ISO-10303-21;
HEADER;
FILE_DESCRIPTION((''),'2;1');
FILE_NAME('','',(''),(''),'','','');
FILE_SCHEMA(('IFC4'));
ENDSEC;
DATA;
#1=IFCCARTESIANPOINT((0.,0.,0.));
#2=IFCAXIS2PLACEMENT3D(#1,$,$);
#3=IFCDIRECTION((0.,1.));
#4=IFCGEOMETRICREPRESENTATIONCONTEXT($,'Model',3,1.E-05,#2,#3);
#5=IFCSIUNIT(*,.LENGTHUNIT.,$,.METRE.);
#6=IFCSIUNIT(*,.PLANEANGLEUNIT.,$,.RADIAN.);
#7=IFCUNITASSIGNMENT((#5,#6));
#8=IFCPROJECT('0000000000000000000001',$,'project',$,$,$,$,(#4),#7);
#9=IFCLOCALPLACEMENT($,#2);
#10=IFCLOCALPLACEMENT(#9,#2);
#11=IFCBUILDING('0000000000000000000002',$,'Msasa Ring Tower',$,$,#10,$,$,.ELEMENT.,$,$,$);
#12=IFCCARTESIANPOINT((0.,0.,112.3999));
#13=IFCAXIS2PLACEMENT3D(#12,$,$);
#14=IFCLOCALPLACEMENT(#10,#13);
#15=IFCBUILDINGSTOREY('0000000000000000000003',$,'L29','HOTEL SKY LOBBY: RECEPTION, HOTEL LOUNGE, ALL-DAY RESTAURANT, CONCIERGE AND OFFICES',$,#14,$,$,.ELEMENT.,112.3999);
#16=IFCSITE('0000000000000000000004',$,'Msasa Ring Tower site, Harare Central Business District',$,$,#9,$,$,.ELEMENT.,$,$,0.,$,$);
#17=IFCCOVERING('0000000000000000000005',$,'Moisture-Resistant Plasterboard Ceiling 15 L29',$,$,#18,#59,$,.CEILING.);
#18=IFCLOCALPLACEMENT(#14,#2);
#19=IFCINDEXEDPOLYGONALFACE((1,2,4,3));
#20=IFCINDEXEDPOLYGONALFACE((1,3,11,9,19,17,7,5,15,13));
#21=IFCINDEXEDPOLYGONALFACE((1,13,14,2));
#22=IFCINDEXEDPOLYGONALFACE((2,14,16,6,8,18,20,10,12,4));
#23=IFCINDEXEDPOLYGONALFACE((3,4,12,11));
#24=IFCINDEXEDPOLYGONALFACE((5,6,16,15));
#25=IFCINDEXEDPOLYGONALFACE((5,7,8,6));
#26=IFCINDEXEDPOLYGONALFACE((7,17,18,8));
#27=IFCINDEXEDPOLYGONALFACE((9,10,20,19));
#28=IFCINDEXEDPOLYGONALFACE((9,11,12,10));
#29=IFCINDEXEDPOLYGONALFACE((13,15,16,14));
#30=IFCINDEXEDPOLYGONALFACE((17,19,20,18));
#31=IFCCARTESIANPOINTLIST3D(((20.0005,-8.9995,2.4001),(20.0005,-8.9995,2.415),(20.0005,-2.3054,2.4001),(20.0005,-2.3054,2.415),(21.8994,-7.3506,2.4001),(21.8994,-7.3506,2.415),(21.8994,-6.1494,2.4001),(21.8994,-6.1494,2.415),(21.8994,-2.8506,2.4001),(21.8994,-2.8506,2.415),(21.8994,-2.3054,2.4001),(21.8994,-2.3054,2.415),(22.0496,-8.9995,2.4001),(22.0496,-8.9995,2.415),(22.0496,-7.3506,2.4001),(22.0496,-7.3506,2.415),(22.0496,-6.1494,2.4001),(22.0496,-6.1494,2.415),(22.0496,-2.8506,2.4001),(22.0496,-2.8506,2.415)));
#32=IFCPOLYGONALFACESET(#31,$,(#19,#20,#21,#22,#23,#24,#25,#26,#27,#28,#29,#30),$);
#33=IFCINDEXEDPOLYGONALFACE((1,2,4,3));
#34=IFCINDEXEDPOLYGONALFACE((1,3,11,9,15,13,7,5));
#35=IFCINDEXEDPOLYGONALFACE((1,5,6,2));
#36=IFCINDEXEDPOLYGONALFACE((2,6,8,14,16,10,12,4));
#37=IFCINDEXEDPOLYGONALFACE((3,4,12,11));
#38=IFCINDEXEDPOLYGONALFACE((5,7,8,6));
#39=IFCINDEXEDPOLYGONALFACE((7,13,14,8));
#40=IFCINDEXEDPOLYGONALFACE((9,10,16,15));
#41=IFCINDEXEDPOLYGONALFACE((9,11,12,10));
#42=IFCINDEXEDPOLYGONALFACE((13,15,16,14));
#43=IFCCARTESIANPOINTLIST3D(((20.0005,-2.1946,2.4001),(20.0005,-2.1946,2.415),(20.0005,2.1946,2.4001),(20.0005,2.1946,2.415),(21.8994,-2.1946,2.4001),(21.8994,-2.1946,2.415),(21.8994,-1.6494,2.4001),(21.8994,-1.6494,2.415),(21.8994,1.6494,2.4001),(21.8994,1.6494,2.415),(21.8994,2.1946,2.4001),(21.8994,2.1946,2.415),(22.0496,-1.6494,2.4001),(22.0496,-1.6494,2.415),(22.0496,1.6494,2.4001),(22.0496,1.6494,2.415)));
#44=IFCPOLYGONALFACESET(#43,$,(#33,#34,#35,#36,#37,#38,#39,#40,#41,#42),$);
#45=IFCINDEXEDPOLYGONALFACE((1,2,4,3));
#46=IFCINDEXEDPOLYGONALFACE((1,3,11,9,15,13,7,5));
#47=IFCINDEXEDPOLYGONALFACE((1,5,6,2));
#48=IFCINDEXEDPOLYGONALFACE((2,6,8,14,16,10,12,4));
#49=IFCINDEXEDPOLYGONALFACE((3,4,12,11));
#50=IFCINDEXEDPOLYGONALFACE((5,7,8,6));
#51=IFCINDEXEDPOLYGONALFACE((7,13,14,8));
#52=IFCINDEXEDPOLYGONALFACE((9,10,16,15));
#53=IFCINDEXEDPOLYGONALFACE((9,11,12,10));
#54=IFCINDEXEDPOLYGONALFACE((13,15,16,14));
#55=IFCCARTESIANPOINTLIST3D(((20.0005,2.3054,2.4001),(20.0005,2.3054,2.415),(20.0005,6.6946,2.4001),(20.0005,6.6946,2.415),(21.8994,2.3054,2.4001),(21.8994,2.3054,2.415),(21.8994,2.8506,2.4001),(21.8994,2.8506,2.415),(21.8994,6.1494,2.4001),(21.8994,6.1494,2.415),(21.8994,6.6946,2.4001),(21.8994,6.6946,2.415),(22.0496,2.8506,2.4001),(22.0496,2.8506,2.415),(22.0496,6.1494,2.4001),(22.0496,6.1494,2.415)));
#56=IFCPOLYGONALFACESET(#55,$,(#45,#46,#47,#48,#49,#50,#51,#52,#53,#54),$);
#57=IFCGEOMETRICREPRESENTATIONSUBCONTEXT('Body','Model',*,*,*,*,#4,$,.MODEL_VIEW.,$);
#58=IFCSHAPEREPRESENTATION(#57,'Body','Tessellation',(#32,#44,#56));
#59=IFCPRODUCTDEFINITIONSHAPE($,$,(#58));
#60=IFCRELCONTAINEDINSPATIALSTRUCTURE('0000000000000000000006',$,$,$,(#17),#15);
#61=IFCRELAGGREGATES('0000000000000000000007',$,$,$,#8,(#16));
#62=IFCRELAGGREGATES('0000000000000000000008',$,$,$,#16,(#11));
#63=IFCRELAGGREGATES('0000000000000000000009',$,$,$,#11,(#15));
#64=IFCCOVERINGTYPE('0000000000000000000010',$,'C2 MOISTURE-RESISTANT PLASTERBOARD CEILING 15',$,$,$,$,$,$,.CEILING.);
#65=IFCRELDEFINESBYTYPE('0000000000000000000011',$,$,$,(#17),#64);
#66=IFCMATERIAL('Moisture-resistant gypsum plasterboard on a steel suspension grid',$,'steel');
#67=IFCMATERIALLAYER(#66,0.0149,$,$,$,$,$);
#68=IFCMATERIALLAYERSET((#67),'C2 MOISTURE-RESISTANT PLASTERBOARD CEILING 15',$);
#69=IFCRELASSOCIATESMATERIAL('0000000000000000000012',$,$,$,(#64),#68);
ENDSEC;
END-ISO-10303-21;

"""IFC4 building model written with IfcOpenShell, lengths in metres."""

from ifc_helpers import new_model, si_unit, direction, frame, origin, place, context, subcontext, project, spatial, line, indexed_curve, outline, extrude, material, layer, layer_set, type_object, element, save


model = new_model("IFC4")

# Units and contexts
model_context = context("Model", 3, precision=1e-05, world=origin(), true_north=direction((0.0, 1.0)))
body_context = subcontext(model_context, "Body", "Model", "MODEL_VIEW")
ifc_project = project(units=[si_unit("LENGTHUNIT", "METRE"), si_unit("PLANEANGLEUNIT", "RADIAN")], contexts=[model_context])

# Site, building, storey
site_placement = place(None, origin())
site = spatial("IfcSite", under=ifc_project, at=site_placement, Name="Msasa Ring Tower site, Harare Central Business District", CompositionType="ELEMENT", RefElevation=0.0)
building_placement = place(site_placement, origin())
building = spatial("IfcBuilding", under=site, at=building_placement, Name="Msasa Ring Tower", CompositionType="ELEMENT")
storey_placement = place(building_placement, frame((0.0, 0.0, 112.3999)))
storey = spatial("IfcBuildingStorey", under=building, at=storey_placement, Name="L29", Description="HOTEL SKY LOBBY: RECEPTION, HOTEL LOUNGE, ALL-DAY RESTAURANT, CONCIERGE AND OFFICES", CompositionType="ELEMENT", Elevation=112.3999)

# Covering
ifc_material_1 = material(Name="Moisture-resistant gypsum plasterboard on a steel suspension grid", Category="steel")
ifc_layer_1 = layer(ifc_material_1, 0.0149)
ifc_layer_set_1 = layer_set([ifc_layer_1], Name="C2 MOISTURE-RESISTANT PLASTERBOARD CEILING 15")
covering_type_1 = type_object("IfcCoveringType", Name="C2 MOISTURE-RESISTANT PLASTERBOARD CEILING 15", PredefinedType="CEILING", material=ifc_layer_set_1)
covering_1_placement = place(storey_placement, frame((0.0, 0.0, 2.4001)))
element("IfcCovering", 1, at=covering_1_placement, inside=storey, type_object=covering_type_1, Name="Moisture-Resistant Plasterboard Ceiling 15 L29", PredefinedType="CEILING", context=body_context, shape_type="SweptSolid", body=[
    extrude(outline(indexed_curve([(20.0005, -2.3054), (21.8994, -2.3054), (21.8994, -2.8506), (22.0496, -2.8506), (22.0496, -6.1494), (21.8994, -6.1494), (21.8994, -7.3506), (22.0496, -7.3506), (22.0496, -8.9995), (20.0005, -8.9995)], segments=[line(1, 2, 3, 4, 5, 6, 7, 8, 9, 10, 1)], self_intersect=False)), origin(), (0.0, 0.0, 1.0), 0.0149),
    extrude(outline(indexed_curve([(21.8994, 2.1946), (21.8994, 1.6494), (22.0496, 1.6494), (22.0496, -1.6494), (21.8994, -1.6494), (21.8994, -2.1946), (20.0005, -2.1946), (20.0005, 2.1946)], segments=[line(1, 2, 3, 4, 5, 6, 7, 8, 1)], self_intersect=False)), origin(), (0.0, 0.0, 1.0), 0.0149),
    extrude(outline(indexed_curve([(21.8994, 6.6946), (21.8994, 6.1494), (22.0496, 6.1494), (22.0496, 2.8506), (21.8994, 2.8506), (21.8994, 2.3054), (20.0005, 2.3054), (20.0005, 6.6946)], segments=[line(1, 2, 3, 4, 5, 6, 7, 8, 1)], self_intersect=False)), origin(), (0.0, 0.0, 1.0), 0.0149),
])

save(model, "model.ifc")
